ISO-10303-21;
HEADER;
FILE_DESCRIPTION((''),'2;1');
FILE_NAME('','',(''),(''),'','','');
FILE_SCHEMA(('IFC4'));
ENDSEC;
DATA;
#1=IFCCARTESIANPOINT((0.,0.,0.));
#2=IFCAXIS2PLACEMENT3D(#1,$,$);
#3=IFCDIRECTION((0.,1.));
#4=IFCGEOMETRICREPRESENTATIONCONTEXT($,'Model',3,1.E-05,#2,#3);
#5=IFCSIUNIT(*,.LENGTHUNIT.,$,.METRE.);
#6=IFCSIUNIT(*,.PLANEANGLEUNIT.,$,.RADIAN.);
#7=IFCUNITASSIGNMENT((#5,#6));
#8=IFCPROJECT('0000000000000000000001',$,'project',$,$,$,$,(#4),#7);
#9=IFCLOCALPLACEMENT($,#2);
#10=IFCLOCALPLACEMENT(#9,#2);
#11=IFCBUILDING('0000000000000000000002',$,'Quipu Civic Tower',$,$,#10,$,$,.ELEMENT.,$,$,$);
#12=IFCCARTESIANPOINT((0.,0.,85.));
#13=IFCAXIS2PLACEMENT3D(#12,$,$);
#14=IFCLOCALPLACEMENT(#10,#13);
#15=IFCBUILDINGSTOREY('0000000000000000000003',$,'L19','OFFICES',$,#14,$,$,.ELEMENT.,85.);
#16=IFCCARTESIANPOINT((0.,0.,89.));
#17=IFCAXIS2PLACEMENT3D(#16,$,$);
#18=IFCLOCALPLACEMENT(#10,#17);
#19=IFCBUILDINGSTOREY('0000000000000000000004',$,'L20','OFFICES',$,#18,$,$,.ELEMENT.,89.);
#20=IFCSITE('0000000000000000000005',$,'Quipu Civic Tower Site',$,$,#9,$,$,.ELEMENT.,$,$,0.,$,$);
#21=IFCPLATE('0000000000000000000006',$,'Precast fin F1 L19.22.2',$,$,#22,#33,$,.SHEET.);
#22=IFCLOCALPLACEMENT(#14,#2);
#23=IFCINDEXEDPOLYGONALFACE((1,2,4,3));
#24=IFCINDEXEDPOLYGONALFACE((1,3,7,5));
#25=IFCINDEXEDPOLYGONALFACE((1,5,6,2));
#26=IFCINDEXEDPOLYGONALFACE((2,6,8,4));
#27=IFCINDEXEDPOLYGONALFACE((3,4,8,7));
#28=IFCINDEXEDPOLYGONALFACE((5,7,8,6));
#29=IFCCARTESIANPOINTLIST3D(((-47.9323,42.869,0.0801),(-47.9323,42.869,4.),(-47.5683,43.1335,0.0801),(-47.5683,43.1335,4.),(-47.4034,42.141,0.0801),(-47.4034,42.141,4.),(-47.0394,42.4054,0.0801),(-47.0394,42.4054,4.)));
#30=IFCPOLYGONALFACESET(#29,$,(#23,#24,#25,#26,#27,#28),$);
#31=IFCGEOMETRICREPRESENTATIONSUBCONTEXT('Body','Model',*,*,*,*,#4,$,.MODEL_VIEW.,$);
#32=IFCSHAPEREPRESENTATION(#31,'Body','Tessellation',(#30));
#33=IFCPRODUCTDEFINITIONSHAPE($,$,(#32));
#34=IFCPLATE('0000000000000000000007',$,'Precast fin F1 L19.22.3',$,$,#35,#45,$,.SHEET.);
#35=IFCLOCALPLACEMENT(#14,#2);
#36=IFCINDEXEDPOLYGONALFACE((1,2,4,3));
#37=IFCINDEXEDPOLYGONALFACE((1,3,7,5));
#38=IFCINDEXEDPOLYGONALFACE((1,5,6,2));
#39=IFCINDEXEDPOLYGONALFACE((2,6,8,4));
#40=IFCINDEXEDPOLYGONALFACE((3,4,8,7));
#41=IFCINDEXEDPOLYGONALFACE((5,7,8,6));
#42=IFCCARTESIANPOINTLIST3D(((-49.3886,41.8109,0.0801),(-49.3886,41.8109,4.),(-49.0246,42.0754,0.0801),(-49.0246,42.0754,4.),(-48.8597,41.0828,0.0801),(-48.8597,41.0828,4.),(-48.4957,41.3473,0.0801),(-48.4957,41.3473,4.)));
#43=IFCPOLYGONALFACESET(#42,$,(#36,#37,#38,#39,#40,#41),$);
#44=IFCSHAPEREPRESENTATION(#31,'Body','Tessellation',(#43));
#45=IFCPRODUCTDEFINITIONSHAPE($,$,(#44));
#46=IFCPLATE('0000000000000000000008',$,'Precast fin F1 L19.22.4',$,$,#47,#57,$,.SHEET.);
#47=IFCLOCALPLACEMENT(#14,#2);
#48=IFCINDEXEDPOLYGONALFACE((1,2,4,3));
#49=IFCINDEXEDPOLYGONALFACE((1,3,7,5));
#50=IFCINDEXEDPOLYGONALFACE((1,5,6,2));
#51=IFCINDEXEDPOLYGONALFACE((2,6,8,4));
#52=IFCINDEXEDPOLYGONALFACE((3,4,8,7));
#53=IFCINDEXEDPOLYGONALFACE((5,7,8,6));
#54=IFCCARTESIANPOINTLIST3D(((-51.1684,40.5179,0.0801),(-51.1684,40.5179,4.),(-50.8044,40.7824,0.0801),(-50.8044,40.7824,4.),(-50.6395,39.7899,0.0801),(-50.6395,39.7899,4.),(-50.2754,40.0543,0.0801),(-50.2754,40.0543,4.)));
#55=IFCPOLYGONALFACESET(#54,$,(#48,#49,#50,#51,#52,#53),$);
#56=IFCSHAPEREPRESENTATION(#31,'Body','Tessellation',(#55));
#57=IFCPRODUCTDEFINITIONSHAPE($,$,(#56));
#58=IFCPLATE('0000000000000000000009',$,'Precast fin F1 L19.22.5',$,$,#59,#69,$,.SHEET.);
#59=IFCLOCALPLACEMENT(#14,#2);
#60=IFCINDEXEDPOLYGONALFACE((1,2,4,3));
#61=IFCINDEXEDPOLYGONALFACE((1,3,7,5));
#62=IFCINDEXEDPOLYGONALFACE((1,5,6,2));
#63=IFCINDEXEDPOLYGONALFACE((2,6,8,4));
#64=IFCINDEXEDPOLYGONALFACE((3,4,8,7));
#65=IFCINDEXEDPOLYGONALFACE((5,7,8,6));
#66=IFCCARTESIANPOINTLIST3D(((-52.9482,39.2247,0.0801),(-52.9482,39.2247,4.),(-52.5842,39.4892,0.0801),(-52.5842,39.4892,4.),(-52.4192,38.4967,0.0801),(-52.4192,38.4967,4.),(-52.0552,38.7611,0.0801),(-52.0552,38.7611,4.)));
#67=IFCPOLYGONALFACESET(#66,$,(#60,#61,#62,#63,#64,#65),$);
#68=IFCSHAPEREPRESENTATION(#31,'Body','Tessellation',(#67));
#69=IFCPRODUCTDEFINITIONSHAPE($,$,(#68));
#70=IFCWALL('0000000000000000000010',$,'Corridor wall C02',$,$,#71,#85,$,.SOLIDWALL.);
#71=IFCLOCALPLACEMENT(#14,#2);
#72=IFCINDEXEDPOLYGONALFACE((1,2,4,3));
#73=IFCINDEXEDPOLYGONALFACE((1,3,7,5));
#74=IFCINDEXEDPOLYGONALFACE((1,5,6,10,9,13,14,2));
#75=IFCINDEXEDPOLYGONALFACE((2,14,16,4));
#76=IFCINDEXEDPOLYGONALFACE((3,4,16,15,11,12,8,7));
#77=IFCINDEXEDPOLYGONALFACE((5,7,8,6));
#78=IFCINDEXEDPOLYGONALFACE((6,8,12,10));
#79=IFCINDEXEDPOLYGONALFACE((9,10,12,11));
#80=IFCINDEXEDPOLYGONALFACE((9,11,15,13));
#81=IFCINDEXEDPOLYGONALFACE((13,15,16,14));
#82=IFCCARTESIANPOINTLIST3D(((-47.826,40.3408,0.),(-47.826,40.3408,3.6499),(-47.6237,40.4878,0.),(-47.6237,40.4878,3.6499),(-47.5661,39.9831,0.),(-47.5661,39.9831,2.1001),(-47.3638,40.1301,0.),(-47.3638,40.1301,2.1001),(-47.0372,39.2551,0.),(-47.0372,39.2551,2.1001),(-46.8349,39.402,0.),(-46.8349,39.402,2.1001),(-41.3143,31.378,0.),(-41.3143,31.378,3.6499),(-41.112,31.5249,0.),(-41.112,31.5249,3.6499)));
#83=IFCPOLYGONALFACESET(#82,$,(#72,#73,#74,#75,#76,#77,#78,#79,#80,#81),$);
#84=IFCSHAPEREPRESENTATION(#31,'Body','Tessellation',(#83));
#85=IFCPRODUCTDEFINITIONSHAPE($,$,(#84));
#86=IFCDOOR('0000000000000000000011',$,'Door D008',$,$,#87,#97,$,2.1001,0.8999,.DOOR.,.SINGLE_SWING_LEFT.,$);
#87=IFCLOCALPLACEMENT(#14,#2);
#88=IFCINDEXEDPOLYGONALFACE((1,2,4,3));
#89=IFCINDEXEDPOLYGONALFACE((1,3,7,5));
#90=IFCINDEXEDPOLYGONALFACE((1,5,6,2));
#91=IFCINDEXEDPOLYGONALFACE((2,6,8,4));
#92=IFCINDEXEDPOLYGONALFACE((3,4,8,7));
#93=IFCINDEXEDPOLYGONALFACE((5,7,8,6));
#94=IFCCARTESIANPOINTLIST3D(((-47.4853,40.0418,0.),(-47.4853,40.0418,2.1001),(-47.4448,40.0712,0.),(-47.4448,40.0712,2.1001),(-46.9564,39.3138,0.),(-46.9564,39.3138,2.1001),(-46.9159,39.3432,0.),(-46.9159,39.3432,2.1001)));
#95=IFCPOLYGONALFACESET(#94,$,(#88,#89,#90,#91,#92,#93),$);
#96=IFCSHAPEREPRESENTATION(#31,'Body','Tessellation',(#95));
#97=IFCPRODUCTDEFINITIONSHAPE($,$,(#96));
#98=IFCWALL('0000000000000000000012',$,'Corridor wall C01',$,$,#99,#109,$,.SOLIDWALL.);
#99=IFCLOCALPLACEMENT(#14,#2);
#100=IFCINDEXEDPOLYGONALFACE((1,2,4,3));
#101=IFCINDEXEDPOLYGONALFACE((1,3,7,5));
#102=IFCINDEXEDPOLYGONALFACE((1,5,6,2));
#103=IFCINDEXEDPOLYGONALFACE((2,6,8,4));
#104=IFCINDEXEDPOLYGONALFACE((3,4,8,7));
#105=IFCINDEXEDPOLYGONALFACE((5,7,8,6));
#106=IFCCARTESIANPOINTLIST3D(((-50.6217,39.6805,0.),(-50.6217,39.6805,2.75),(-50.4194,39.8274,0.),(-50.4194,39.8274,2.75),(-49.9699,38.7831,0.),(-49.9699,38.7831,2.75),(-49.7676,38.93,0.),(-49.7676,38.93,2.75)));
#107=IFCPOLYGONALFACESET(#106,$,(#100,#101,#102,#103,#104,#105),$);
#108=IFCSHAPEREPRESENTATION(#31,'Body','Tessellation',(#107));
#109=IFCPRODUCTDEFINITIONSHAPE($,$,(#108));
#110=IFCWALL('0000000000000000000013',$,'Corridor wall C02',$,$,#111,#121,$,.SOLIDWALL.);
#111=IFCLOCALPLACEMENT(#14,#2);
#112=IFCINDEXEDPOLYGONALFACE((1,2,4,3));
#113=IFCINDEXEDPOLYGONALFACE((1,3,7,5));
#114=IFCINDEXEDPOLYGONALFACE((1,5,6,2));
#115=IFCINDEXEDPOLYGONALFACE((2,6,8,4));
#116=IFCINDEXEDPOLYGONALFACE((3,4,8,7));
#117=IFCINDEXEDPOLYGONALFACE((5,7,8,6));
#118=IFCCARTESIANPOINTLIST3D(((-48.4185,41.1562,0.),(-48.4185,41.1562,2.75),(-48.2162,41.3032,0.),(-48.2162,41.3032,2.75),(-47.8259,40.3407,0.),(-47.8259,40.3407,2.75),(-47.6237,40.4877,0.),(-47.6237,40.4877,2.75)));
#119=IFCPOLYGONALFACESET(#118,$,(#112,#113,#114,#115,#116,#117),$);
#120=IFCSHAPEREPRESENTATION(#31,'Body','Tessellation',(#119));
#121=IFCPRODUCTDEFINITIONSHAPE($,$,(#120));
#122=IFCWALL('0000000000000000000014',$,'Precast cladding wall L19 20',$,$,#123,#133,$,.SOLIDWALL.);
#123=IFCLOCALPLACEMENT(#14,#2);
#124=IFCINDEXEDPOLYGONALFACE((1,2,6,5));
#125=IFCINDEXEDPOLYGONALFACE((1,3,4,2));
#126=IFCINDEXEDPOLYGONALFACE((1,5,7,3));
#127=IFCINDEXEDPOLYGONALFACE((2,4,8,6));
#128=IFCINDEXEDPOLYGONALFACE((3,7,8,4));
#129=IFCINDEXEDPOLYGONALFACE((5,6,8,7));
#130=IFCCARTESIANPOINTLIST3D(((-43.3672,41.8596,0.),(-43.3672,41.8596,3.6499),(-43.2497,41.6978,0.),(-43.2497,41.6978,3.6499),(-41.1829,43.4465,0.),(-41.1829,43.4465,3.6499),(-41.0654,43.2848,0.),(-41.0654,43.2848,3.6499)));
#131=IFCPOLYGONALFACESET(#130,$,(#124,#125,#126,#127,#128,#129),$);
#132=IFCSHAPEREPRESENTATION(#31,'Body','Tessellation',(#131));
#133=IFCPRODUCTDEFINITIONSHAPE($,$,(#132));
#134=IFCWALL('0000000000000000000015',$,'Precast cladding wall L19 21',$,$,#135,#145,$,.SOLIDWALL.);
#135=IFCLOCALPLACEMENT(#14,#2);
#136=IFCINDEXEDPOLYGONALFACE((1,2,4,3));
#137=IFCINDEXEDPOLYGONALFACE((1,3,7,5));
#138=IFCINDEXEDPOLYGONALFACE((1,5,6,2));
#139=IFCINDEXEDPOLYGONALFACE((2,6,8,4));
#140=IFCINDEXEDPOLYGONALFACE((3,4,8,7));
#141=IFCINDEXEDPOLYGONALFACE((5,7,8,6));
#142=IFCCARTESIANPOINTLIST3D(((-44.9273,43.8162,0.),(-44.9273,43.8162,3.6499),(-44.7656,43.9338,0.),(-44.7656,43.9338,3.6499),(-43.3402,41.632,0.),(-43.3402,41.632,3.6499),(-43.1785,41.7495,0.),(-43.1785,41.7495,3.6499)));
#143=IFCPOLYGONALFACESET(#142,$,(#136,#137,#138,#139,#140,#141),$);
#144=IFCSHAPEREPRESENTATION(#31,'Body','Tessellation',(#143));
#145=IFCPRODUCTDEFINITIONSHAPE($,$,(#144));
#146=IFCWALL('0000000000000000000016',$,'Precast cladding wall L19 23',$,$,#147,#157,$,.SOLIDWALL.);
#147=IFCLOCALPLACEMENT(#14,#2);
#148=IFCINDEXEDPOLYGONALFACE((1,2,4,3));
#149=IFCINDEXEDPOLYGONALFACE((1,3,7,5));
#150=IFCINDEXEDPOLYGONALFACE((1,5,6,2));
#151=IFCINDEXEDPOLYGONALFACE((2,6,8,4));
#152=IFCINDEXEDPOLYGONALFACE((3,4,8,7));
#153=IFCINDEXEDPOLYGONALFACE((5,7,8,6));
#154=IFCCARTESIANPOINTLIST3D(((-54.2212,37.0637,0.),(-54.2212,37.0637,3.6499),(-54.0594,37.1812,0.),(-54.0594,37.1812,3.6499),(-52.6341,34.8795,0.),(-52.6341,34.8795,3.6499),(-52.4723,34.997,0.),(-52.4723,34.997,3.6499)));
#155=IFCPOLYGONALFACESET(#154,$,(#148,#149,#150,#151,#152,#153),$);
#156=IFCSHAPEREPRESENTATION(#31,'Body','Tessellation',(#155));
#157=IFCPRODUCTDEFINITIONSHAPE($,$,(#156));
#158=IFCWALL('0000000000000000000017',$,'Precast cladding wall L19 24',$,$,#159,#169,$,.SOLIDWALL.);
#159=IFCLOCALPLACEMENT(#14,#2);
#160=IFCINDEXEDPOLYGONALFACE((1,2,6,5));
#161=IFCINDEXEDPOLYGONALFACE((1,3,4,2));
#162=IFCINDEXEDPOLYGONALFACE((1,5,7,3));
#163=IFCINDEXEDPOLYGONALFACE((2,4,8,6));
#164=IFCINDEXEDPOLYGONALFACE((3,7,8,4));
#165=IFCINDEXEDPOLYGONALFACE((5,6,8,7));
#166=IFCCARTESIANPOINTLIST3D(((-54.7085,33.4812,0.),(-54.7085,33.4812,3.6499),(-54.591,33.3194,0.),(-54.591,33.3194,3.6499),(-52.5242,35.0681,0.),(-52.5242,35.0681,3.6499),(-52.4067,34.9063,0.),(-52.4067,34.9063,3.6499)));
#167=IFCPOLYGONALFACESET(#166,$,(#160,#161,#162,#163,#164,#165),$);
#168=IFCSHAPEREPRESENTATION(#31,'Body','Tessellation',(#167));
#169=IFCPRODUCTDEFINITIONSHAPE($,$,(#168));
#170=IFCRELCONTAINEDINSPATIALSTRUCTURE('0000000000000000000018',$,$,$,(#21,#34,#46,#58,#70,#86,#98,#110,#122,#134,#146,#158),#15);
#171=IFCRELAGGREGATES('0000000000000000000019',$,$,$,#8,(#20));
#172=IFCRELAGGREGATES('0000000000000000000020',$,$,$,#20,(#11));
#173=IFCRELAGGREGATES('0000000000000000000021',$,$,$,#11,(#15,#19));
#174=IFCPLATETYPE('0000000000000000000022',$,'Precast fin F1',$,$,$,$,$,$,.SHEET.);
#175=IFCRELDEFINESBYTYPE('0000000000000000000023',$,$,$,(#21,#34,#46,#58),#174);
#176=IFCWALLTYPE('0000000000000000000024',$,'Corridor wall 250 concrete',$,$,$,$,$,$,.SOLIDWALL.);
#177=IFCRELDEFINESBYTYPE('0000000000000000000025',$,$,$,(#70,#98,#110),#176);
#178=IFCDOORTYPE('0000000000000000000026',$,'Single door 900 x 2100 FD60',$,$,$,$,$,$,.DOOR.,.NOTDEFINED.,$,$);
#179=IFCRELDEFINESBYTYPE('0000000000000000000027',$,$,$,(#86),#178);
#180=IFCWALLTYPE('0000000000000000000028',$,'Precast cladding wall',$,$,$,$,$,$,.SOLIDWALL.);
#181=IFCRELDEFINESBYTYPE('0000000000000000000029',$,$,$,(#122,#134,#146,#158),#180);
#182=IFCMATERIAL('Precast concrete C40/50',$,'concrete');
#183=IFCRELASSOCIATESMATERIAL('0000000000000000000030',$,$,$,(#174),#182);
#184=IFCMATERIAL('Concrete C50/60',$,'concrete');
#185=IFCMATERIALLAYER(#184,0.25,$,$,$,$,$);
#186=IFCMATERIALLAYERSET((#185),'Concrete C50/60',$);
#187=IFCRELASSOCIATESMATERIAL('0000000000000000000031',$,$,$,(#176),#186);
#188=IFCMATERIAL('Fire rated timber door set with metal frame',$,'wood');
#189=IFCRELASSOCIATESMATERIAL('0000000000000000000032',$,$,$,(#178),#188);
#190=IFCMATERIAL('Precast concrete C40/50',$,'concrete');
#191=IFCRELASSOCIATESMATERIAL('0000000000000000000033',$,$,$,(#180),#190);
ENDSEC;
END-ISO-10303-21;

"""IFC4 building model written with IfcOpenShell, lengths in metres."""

from ifc_helpers import new_model, si_unit, direction, frame, frame_2d, origin, origin_2d, place, context, subcontext, project, spatial, rectangle, extrude, material, layer, layer_set, type_object, element, fill, save


model = new_model("IFC4")

# Units and contexts
model_context = context("Model", 3, precision=1e-05, world=origin(), true_north=direction((0.0, 1.0)))
body_context = subcontext(model_context, "Body", "Model", "MODEL_VIEW")
ifc_project = project(units=[si_unit("LENGTHUNIT", "METRE"), si_unit("PLANEANGLEUNIT", "RADIAN")], contexts=[model_context])

# Site, building, storey
site_placement = place(None, origin())
site = spatial("IfcSite", under=ifc_project, at=site_placement, Name="Quipu Civic Tower Site", CompositionType="ELEMENT", RefElevation=0.0)
building_placement = place(site_placement, origin())
building = spatial("IfcBuilding", under=site, at=building_placement, Name="Quipu Civic Tower", CompositionType="ELEMENT")
storey_1_placement = place(building_placement, frame((0.0, 0.0, 85.0)))
storey_1 = spatial("IfcBuildingStorey", under=building, at=storey_1_placement, Name="L19", Description="OFFICES", CompositionType="ELEMENT", Elevation=85.0)

# Shared definitions
storey_2_placement = place(building_placement, frame((0.0, 0.0, 89.0)))
storey_2 = spatial("IfcBuildingStorey", under=building, at=storey_2_placement, Name="L20", Description="OFFICES", CompositionType="ELEMENT", Elevation=89.0)

# Plates
ifc_material_1 = material(Name="Precast concrete C40/50", Category="concrete")
plate_type_1 = type_object("IfcPlateType", Name="Precast fin F1", PredefinedType="SHEET", material=ifc_material_1)
for number, where, z_axis, x_axis, name in (
    (1, (-47.4858, 42.6372, 0.0801), (0.0, 0.0, 1.0), (-0.809021, -0.587779, 0.0), "Precast fin F1 L19.22.2"),
    (2, (-48.9421, 41.5791, 0.0801), (0.0, 0.0, 1.0), (-0.809021, -0.587779, 0.0), "Precast fin F1 L19.22.3"),
    (3, (-50.7219, 40.2861, 0.0801), (0.0, 0.0, 1.0), (-0.809021, -0.587779, 0.0), "Precast fin F1 L19.22.4"),
    (4, (-52.5017, 38.9929, 0.0801), (0.0, 0.0, 1.0), (-0.809021, -0.587779, 0.0), "Precast fin F1 L19.22.5"),
):
    element("IfcPlate", number, at=place(storey_1_placement, frame(where, z_axis=z_axis, x_axis=x_axis)), inside=storey_1, type_object=plate_type_1, Name=name, PredefinedType="SHEET", context=body_context, shape_type="SweptSolid", body=[
        extrude(rectangle(XDim=0.45, YDim=0.8999, at=origin_2d()), origin(), (0.0, 0.0, 1.0), 3.9199),
    ])

# Wall, opening, door
ifc_material_2 = material(Name="Concrete C50/60", Category="concrete")
ifc_layer_1 = layer(ifc_material_2, 0.25)
ifc_layer_set_1 = layer_set([ifc_layer_1], Name="Concrete C50/60")
wall_type_1 = type_object("IfcWallType", Name="Corridor wall 250 concrete", PredefinedType="SOLIDWALL", material=ifc_layer_set_1)
wall_1_placement = place(storey_1_placement, frame((-47.7249, 40.4143, 0.0), z_axis=(0.0, 0.0, 1.0), x_axis=(0.587773, -0.809026, 0.0)))
wall_1 = element("IfcWall", 5, at=wall_1_placement, inside=storey_1, type_object=wall_type_1, Name="Corridor wall C02", PredefinedType="SOLIDWALL", context=body_context, shape_type="SweptSolid", body=[
    extrude(rectangle(XDim=11.0786, YDim=0.25, at=frame_2d((5.5393, 0.0))), origin(), (0.0, 0.0, 1.0), 3.6499),
])
opening_placement = place(wall_1_placement, frame((0.4421, 0.0, 0.0)))
opening = element("IfcOpeningElement", 6, at=opening_placement, cuts=wall_1, PredefinedType="OPENING", context=body_context, shape_type="SweptSolid", body=[
    extrude(rectangle(XDim=0.8999, YDim=2.1001, at=frame_2d((0.45, 1.05))), frame((0.0, 0.135, 0.0), z_axis=(0.0, -1.0, 0.0), x_axis=(1.0, 0.0, 0.0)), (0.0, 0.0, 1.0), 0.27),
])
ifc_material_3 = material(Name="Fire rated timber door set with metal frame", Category="wood")
door_type = type_object("IfcDoorType", Name="Single door 900 x 2100 FD60", OperationType="NOTDEFINED", PredefinedType="DOOR", material=ifc_material_3)
door_placement = place(opening_placement, origin())
door = element("IfcDoor", 7, at=door_placement, inside=storey_1, type_object=door_type, Name="Door D008", OperationType="SINGLE_SWING_LEFT", OverallHeight=2.1001, OverallWidth=0.8999, PredefinedType="DOOR", context=body_context, shape_type="SweptSolid", body=[
    extrude(rectangle(XDim=0.8999, YDim=2.1001, at=frame_2d((0.45, 1.05))), frame((0.0, 0.0249, 0.0), z_axis=(0.0, -1.0, 0.0), x_axis=(1.0, 0.0, 0.0)), (0.0, 0.0, 1.0), 0.05),
])
fill(opening, door)

# Walls
wall_2_placement = place(storey_1_placement, frame((-49.8687, 38.8564, 0.0), z_axis=(0.0, 0.0, 1.0), x_axis=(-0.587674, 0.809098, 0.0)))
element("IfcWall", 8, at=wall_2_placement, inside=storey_1, type_object=wall_type_1, Name="Corridor wall C01", PredefinedType="SOLIDWALL", context=body_context, shape_type="SweptSolid", body=[
    extrude(rectangle(XDim=1.1091, YDim=0.25, at=frame_2d((0.5547, 0.0))), origin(), (0.0, 0.0, 1.0), 2.75),
])
wall_3_placement = place(storey_1_placement, frame((-47.7249, 40.4143, 0.0), z_axis=(0.0, 0.0, 1.0), x_axis=(-0.58784, 0.808977, 0.0)))
element("IfcWall", 9, at=wall_3_placement, inside=storey_1, type_object=wall_type_1, Name="Corridor wall C02", PredefinedType="SOLIDWALL", context=body_context, shape_type="SweptSolid", body=[
    extrude(rectangle(XDim=1.0081, YDim=0.25, at=frame_2d((0.5039, 0.0))), origin(), (0.0, 0.0, 1.0), 2.75),
])
ifc_material_4 = material(Name="Precast concrete C40/50", Category="concrete")
wall_type_2 = type_object("IfcWallType", Name="Precast cladding wall", PredefinedType="SOLIDWALL", material=ifc_material_4)
for number, where, z_axis, x_axis, name in (
    (10, (-41.124, 43.3657, 0.0), (0.0, 0.0, 1.0), (-0.809033, -0.587763, 0.0), "Precast cladding wall L19 20"),
    (11, (-43.2593, 41.6907, 0.0), (0.0, 0.0, 1.0), (-0.587822, 0.80899, 0.0), "Precast cladding wall L19 21"),
    (12, (-54.1404, 37.1226, 0.0), (0.0, 0.0, 1.0), (0.587822, -0.80899, 0.0), "Precast cladding wall L19 23"),
    (13, (-52.4653, 34.9873, 0.0), (0.0, 0.0, 1.0), (-0.809033, -0.587763, 0.0), "Precast cladding wall L19 24"),
):
    element("IfcWall", number, at=place(storey_1_placement, frame(where, z_axis=z_axis, x_axis=x_axis)), inside=storey_1, type_object=wall_type_2, Name=name, PredefinedType="SOLIDWALL", context=body_context, shape_type="SweptSolid", body=[
        extrude(rectangle(XDim=2.7, YDim=0.2, at=frame_2d((1.3501, 0.0))), origin(), (0.0, 0.0, 1.0), 3.6499),
    ])

save(model, "model.ifc")
